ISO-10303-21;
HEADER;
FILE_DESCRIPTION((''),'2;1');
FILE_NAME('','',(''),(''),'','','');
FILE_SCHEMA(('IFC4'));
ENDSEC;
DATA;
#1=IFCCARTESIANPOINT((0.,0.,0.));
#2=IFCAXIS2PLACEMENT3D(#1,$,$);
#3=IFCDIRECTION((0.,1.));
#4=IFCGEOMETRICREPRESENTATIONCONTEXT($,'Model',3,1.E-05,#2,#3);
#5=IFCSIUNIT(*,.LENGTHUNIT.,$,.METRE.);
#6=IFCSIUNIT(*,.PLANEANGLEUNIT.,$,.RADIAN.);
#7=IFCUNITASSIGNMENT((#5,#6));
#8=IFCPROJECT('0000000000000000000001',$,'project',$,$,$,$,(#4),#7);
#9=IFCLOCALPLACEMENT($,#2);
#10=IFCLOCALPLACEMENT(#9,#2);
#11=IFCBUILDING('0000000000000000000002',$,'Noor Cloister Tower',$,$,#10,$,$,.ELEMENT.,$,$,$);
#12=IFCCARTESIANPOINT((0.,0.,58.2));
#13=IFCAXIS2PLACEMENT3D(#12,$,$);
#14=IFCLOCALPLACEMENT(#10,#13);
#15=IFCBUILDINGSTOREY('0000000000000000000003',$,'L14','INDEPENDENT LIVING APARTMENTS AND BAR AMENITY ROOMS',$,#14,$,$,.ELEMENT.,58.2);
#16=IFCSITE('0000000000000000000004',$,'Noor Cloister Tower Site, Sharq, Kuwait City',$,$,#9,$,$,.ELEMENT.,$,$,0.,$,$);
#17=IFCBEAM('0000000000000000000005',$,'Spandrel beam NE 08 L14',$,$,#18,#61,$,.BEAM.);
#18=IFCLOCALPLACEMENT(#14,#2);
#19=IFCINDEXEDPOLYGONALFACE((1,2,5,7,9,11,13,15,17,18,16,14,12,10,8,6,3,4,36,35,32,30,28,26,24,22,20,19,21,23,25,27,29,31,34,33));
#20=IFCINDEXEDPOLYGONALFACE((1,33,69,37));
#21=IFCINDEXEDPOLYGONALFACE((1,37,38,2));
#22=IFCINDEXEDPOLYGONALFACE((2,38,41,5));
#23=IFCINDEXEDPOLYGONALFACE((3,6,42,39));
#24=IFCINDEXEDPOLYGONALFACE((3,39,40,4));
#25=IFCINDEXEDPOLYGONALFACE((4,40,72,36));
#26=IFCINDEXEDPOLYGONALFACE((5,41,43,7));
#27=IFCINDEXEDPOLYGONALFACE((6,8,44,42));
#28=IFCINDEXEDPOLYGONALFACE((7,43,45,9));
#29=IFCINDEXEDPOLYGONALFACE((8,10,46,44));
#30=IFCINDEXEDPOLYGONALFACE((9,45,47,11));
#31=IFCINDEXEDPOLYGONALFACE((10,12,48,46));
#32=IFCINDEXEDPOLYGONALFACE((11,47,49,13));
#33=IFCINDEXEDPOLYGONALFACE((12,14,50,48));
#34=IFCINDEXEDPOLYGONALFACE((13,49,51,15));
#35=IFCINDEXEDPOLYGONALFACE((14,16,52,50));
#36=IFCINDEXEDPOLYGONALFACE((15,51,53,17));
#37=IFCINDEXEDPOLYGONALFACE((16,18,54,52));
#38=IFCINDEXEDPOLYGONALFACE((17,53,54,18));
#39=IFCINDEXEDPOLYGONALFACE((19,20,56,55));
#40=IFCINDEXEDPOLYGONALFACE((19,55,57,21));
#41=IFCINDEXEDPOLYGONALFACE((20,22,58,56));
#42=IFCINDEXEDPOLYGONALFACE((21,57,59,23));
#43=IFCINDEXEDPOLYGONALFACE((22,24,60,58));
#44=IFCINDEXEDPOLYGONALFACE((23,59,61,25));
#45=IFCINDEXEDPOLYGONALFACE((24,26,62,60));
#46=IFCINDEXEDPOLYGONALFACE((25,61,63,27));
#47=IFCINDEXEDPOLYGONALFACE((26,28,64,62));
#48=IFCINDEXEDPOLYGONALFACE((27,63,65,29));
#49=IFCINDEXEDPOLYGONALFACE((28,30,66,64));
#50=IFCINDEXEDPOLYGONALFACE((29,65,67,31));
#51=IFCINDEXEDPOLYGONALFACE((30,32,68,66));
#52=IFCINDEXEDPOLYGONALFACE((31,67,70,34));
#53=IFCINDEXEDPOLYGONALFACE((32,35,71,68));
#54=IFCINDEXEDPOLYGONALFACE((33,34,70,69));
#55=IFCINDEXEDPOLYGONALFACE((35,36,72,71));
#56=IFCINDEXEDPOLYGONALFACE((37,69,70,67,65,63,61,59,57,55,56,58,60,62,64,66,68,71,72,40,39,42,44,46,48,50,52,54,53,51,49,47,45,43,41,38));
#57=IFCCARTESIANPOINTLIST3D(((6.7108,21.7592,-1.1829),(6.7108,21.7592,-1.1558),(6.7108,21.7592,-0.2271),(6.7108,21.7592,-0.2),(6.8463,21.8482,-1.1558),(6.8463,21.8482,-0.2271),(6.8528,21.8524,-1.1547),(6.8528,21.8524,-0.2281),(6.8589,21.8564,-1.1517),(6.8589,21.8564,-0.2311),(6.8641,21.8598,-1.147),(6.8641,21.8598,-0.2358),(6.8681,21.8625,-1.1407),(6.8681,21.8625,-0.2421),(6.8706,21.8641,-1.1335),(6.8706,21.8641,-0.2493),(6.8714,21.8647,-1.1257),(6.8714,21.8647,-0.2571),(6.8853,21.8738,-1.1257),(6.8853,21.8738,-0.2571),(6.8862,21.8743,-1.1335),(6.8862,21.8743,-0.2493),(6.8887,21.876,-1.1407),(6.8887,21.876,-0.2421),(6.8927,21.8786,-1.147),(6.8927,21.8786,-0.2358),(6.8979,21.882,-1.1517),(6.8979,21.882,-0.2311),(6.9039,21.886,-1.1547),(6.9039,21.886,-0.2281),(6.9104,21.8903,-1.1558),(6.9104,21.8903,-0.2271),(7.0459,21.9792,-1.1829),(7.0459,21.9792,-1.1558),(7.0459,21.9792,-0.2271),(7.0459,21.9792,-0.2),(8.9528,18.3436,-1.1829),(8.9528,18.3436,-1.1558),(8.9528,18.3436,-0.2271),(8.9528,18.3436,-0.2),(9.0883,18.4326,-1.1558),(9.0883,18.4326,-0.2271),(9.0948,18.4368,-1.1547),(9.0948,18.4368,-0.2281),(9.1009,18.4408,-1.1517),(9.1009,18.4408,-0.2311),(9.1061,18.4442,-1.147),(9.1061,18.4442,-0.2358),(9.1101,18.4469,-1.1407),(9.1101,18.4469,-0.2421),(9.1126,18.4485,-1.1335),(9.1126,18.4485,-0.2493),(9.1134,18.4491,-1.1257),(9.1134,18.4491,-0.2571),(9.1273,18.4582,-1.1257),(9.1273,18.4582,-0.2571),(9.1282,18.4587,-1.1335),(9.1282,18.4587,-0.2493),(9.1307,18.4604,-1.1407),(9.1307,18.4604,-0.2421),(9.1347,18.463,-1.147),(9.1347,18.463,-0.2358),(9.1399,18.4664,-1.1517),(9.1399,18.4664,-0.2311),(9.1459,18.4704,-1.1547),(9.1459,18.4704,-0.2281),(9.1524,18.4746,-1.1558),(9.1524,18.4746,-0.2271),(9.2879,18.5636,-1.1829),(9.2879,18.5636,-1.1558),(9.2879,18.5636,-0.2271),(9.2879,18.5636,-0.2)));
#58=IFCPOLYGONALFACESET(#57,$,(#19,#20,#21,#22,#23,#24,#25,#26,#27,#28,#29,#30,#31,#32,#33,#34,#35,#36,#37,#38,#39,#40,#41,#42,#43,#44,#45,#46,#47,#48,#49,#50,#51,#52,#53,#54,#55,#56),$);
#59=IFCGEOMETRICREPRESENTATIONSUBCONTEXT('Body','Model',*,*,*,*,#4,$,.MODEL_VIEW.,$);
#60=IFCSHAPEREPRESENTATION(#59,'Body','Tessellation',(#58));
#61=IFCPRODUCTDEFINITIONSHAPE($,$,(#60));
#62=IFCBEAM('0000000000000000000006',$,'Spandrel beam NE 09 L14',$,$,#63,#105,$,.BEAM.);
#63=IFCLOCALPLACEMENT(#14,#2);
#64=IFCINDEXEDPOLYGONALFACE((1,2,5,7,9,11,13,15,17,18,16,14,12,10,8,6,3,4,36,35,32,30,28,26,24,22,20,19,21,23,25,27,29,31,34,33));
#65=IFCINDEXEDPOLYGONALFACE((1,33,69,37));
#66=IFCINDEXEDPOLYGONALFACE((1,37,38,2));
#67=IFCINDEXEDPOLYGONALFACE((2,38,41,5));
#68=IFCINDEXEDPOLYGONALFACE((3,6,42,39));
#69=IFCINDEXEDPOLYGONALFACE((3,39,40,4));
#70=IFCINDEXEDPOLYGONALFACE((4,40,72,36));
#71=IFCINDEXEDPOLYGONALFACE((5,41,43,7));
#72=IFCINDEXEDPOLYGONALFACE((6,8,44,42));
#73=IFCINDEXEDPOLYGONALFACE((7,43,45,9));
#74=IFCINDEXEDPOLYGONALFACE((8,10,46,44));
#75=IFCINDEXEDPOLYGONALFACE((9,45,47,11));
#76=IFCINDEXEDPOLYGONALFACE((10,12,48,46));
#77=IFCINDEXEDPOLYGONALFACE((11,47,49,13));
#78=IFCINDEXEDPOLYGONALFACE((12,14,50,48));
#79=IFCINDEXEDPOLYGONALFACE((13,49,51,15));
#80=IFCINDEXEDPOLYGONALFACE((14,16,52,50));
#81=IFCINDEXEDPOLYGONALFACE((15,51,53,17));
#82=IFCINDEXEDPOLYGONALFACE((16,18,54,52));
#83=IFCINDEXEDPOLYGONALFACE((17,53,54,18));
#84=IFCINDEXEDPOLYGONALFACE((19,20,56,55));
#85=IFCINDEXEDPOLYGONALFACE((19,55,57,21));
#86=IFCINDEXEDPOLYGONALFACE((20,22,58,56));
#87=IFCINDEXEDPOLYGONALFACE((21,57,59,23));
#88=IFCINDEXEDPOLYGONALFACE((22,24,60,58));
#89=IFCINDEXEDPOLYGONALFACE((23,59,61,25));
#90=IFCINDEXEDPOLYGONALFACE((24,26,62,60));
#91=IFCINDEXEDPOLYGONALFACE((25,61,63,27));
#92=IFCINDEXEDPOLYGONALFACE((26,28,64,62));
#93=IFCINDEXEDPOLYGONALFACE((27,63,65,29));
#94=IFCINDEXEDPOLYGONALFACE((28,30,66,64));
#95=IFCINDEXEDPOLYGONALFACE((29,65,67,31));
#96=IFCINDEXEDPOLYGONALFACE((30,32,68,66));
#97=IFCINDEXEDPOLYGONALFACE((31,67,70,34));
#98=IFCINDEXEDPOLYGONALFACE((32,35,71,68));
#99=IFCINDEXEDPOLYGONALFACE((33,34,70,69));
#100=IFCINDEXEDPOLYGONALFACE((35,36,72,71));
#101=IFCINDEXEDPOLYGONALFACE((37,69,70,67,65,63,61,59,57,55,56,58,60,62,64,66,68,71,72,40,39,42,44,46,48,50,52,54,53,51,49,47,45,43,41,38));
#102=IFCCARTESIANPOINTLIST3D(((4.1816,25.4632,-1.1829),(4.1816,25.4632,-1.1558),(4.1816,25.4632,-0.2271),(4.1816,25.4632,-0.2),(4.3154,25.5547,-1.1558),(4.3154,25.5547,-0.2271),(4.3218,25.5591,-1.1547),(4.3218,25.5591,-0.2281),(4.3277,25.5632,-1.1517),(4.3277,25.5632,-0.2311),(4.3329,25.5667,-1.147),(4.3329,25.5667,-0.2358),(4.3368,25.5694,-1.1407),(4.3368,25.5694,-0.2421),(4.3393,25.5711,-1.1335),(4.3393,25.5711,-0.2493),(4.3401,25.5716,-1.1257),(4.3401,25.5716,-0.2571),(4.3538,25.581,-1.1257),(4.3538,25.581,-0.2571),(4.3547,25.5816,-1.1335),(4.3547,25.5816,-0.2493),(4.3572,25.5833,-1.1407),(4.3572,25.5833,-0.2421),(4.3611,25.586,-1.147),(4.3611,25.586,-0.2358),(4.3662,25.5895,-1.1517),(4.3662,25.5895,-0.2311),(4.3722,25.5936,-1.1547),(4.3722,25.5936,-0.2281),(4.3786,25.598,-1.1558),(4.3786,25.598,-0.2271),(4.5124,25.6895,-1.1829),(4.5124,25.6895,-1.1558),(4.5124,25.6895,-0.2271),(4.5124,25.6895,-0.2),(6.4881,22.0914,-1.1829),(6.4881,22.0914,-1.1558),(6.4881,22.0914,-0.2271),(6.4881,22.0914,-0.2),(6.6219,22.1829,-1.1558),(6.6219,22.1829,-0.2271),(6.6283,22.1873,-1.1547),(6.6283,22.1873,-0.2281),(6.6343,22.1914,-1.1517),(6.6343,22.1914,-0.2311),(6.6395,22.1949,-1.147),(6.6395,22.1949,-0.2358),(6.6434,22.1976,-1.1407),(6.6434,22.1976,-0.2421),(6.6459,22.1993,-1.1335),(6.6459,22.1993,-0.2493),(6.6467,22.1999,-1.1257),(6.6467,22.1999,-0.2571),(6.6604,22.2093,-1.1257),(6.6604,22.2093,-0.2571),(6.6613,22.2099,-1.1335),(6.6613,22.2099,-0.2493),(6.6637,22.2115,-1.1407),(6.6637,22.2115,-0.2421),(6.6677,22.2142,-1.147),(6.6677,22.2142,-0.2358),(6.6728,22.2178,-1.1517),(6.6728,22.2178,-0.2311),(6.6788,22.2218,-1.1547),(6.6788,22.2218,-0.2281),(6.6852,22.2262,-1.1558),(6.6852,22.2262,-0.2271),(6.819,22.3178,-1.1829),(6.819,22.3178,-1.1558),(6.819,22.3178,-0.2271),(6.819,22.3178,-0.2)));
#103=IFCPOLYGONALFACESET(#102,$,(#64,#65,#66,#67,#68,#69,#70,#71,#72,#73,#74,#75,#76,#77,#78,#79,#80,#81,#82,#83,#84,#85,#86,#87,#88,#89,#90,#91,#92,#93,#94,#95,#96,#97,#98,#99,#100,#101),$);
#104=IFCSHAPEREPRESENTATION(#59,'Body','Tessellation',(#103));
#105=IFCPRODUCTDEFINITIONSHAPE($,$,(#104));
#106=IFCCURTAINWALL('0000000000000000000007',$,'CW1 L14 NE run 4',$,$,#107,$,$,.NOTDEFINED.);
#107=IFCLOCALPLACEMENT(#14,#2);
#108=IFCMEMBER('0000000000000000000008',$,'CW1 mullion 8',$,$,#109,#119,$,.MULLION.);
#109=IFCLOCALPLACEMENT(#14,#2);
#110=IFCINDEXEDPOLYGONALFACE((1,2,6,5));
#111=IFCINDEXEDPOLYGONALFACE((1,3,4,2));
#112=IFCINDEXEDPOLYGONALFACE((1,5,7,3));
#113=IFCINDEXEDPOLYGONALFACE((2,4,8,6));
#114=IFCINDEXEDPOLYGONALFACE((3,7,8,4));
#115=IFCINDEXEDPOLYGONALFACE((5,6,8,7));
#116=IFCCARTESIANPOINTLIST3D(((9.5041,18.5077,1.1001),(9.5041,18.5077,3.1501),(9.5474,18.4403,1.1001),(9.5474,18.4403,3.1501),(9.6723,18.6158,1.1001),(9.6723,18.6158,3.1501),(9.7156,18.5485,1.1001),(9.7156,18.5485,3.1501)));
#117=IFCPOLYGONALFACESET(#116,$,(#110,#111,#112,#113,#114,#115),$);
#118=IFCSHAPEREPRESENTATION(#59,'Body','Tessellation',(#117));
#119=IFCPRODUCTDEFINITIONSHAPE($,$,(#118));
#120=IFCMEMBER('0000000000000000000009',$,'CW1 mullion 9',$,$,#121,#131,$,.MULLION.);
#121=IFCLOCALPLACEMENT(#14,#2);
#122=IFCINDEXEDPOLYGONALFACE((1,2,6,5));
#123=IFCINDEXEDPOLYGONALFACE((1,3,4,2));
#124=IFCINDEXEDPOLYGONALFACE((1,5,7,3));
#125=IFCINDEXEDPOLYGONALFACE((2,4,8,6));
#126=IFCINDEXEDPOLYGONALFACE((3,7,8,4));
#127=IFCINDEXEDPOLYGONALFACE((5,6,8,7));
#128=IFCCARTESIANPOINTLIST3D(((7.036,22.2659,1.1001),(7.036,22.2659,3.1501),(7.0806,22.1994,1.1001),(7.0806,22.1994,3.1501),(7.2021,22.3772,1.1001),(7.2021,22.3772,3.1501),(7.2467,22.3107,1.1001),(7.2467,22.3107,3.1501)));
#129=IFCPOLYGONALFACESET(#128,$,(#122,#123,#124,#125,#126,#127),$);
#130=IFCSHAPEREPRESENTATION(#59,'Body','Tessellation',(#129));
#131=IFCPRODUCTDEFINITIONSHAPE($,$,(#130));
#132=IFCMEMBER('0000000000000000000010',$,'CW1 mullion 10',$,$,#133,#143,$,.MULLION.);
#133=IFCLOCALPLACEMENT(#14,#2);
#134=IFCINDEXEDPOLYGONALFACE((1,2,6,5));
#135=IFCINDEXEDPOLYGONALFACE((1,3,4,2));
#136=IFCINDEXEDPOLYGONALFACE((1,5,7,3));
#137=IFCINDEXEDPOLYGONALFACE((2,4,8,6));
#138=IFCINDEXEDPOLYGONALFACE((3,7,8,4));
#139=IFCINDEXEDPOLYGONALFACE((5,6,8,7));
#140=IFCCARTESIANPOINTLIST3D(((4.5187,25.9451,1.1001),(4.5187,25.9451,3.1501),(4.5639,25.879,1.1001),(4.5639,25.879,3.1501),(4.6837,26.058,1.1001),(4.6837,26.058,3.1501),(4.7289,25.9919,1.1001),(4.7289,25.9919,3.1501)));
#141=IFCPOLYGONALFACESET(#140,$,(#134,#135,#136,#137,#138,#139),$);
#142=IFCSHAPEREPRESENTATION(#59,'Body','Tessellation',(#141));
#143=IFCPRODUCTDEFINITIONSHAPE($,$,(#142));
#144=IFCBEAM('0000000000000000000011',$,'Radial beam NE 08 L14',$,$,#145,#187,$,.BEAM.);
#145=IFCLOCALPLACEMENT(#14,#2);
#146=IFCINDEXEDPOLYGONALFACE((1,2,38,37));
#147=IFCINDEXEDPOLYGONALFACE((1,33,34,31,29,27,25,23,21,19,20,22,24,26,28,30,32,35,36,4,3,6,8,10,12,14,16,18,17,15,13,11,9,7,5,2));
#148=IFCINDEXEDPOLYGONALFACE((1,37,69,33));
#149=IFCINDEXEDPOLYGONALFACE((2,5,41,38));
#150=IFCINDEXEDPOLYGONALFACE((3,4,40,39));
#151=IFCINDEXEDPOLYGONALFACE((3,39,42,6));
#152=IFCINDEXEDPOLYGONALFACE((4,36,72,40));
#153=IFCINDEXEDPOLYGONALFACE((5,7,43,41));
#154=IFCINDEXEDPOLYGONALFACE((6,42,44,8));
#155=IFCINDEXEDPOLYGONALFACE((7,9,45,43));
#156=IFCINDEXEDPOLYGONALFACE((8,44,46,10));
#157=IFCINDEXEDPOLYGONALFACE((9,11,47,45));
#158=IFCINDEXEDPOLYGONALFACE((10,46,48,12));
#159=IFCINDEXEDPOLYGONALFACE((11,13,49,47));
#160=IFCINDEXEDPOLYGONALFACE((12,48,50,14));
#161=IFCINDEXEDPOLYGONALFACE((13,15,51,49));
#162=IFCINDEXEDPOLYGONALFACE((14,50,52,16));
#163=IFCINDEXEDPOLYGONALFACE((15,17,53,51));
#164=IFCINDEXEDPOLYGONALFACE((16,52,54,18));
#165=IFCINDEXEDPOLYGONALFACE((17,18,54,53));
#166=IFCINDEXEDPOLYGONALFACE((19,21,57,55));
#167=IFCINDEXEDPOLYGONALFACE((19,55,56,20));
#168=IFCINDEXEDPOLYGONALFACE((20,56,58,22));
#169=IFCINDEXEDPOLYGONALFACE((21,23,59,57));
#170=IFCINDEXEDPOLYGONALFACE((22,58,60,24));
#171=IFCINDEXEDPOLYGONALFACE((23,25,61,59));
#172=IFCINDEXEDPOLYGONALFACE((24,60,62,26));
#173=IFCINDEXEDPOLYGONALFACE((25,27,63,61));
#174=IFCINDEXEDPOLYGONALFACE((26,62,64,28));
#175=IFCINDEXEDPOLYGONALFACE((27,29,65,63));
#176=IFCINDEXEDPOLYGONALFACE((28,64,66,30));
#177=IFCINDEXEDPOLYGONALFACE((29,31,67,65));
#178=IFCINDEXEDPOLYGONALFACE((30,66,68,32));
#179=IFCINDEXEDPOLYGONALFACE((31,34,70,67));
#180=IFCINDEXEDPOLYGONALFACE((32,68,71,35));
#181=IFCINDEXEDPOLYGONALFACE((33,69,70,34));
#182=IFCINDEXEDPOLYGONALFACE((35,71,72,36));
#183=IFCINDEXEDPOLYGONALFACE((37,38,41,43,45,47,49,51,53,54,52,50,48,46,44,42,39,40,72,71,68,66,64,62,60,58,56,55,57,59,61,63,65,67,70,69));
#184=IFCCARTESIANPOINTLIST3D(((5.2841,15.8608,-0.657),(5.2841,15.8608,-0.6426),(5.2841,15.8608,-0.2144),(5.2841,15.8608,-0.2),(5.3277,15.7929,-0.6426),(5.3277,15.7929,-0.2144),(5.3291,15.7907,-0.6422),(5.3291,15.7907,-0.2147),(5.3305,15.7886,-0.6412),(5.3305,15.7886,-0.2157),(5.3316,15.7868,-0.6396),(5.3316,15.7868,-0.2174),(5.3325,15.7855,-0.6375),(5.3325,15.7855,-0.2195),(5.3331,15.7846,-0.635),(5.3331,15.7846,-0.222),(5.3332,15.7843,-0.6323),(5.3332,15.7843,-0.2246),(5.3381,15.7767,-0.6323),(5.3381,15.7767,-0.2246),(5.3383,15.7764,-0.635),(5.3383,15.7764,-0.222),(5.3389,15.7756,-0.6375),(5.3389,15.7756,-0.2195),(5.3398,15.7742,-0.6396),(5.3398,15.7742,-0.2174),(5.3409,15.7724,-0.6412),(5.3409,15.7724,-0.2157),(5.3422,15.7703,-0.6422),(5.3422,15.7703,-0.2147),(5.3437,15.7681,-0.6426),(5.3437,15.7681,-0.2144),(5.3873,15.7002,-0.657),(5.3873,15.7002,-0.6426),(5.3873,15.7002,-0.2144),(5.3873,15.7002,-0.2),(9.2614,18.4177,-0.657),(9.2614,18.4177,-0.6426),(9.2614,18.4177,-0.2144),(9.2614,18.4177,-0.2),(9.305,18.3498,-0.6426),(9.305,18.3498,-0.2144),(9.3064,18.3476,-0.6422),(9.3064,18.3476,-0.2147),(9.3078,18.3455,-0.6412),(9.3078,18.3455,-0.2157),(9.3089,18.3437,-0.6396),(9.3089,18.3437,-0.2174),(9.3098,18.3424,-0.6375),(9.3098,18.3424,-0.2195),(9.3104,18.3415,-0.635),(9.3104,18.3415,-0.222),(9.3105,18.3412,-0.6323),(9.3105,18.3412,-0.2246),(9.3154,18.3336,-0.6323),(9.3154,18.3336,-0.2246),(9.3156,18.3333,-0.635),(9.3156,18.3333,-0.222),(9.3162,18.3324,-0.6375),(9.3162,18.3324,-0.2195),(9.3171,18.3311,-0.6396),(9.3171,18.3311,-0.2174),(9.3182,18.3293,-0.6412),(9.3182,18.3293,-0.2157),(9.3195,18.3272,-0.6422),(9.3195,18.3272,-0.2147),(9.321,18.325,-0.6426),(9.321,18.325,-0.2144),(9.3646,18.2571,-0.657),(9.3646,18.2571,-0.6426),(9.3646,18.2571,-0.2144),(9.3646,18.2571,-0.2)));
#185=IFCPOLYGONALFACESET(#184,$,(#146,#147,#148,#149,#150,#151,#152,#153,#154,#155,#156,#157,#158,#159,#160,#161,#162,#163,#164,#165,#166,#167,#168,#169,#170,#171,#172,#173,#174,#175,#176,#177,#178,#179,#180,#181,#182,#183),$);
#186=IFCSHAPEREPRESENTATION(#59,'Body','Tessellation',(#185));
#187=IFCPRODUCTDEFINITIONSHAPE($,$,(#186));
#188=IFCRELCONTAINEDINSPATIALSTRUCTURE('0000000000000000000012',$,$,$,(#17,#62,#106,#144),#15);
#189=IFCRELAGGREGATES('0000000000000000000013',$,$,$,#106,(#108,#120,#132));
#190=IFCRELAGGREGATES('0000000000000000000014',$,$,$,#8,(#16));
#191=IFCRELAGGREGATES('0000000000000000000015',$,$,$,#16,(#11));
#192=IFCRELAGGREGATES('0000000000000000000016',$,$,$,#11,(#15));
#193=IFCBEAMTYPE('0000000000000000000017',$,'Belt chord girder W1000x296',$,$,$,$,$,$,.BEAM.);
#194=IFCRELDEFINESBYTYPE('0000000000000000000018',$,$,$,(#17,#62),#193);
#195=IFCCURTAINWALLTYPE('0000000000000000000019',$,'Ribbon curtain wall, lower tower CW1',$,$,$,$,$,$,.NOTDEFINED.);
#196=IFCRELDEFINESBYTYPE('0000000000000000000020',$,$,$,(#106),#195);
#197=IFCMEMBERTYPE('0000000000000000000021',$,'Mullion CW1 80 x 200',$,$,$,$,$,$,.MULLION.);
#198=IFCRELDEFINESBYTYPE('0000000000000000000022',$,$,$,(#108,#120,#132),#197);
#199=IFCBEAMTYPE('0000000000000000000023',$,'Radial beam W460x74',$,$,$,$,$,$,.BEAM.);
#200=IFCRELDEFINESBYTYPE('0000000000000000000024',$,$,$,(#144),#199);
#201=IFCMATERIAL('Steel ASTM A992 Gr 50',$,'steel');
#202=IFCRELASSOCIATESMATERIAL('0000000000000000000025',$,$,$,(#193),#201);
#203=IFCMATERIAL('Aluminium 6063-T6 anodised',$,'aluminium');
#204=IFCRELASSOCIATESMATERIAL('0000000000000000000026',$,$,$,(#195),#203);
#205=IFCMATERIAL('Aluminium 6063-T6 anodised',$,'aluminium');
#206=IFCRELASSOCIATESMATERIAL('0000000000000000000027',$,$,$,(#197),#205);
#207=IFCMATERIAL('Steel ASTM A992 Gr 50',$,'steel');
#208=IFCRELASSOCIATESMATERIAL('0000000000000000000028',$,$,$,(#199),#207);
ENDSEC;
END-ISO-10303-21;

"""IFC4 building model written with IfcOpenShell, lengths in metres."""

from ifc_helpers import new_model, si_unit, direction, frame, origin, origin_2d, place, context, subcontext, project, spatial, rectangle, i_section, extrude, material, material_profile, profile_set, type_object, element, aggregate, save


model = new_model("IFC4")

# Units and contexts
model_context = context("Model", 3, precision=1e-05, world=origin(), true_north=direction((0.0, 1.0)))
body_context = subcontext(model_context, "Body", "Model", "MODEL_VIEW")
ifc_project = project(units=[si_unit("LENGTHUNIT", "METRE"), si_unit("PLANEANGLEUNIT", "RADIAN")], contexts=[model_context])

# Site, building, storey
site_placement = place(None, origin())
site = spatial("IfcSite", under=ifc_project, at=site_placement, Name="Noor Cloister Tower Site, Sharq, Kuwait City", CompositionType="ELEMENT", RefElevation=0.0)
building_placement = place(site_placement, origin())
building = spatial("IfcBuilding", under=site, at=building_placement, Name="Noor Cloister Tower", CompositionType="ELEMENT")
storey_placement = place(building_placement, frame((0.0, 0.0, 58.2)))
storey = spatial("IfcBuildingStorey", under=building, at=storey_placement, Name="L14", Description="INDEPENDENT LIVING APARTMENTS AND BAR AMENITY ROOMS", CompositionType="ELEMENT", Elevation=58.2)

# Beams
ifc_material_1 = material(Name="Steel ASTM A992 Gr 50", Category="steel")
ifc_material_profile_1 = material_profile(ifc_material_1, i_section(OverallWidth=0.4009, OverallDepth=0.9829, WebThickness=0.0166, FlangeThickness=0.0271, FilletRadius=0.03, at=origin_2d()), Name="W1000x296")
ifc_profile_set_1 = profile_set([ifc_material_profile_1], Name="Steel ASTM A992 Gr 50")
beam_type_1 = type_object("IfcBeamType", Name="Belt chord girder W1000x296", PredefinedType="BEAM", material=ifc_profile_set_1)
beam_1_placement = place(storey_placement, frame((9.1204, 18.4536, -0.6914), z_axis=(-0.548743, 0.835991, 0.0), x_axis=(-0.835991, -0.548743, 0.0)))
element("IfcBeam", 1, at=beam_1_placement, inside=storey, type_object=beam_type_1, Name="Spandrel beam NE 08 L14", PredefinedType="BEAM", context=body_context, shape_type="SweptSolid", body=[
    extrude(i_section(OverallWidth=0.4009, OverallDepth=0.9829, WebThickness=0.0166, FlangeThickness=0.0271, FilletRadius=0.03, at=origin_2d()), origin(), (0.0, 0.0, 1.0), 4.0857),
])
beam_2_placement = place(storey_placement, frame((6.6536, 22.2046, -0.6914), z_axis=(-0.564618, 0.825353, 0.0), x_axis=(-0.825353, -0.564618, 0.0)))
element("IfcBeam", 2, at=beam_2_placement, inside=storey, type_object=beam_type_1, Name="Spandrel beam NE 09 L14", PredefinedType="BEAM", context=body_context, shape_type="SweptSolid", body=[
    extrude(i_section(OverallWidth=0.4009, OverallDepth=0.9829, WebThickness=0.0166, FlangeThickness=0.0271, FilletRadius=0.03, at=origin_2d()), origin(), (0.0, 0.0, 1.0), 4.0852),
])

# Curtain wall, members
ifc_material_2 = material(Name="Aluminium 6063-T6 anodised", Category="aluminium")
curtain_wall_type = type_object("IfcCurtainWallType", Name="Ribbon curtain wall, lower tower CW1", PredefinedType="NOTDEFINED", material=ifc_material_2)
curtain_wall_placement = place(storey_placement, origin())
curtain_wall = element("IfcCurtainWall", 3, at=curtain_wall_placement, inside=storey, type_object=curtain_wall_type, Name="CW1 L14 NE run 4", PredefinedType="NOTDEFINED")
ifc_material_3 = material(Name="Aluminium 6063-T6 anodised", Category="aluminium")
ifc_material_profile_2 = material_profile(ifc_material_3, rectangle(XDim=0.2, YDim=0.0801, at=origin_2d()), Name="200 x 80 mullion")
ifc_profile_set_2 = profile_set([ifc_material_profile_2], Name="Aluminium 6063-T6 anodised")
member_type = type_object("IfcMemberType", Name="Mullion CW1 80 x 200", PredefinedType="MULLION", material=ifc_profile_set_2)
member_1_placement = place(storey_placement, frame((9.6099, 18.5281, 1.1001), z_axis=(0.0, 0.0, 1.0), x_axis=(-0.841177, -0.540759, 0.0)))
member_1 = element("IfcMember", 4, at=member_1_placement, type_object=member_type, Name="CW1 mullion 8", PredefinedType="MULLION", context=body_context, shape_type="SweptSolid", body=[
    extrude(rectangle(XDim=0.2, YDim=0.0801, at=origin_2d()), origin(), (0.0, 0.0, 1.0), 2.05),
])
member_2_placement = place(storey_placement, frame((7.1414, 22.2883, 1.1001), z_axis=(0.0, 0.0, 1.0), x_axis=(-0.830698, -0.556723, 0.0)))
member_2 = element("IfcMember", 5, at=member_2_placement, type_object=member_type, Name="CW1 mullion 9", PredefinedType="MULLION", context=body_context, shape_type="SweptSolid", body=[
    extrude(rectangle(XDim=0.2, YDim=0.0801, at=origin_2d()), origin(), (0.0, 0.0, 1.0), 2.05),
])
member_3_placement = place(storey_placement, frame((4.6238, 25.9685, 1.1001), z_axis=(0.0, 0.0, 1.0), x_axis=(-0.825345, -0.564629, 0.0)))
member_3 = element("IfcMember", 6, at=member_3_placement, type_object=member_type, Name="CW1 mullion 10", PredefinedType="MULLION", context=body_context, shape_type="SweptSolid", body=[
    extrude(rectangle(XDim=0.2, YDim=0.0801, at=origin_2d()), origin(), (0.0, 0.0, 1.0), 2.05),
])

# Beam
ifc_material_4 = material(Name="Steel ASTM A992 Gr 50", Category="steel")
ifc_material_profile_3 = material_profile(ifc_material_4, i_section(OverallWidth=0.1909, OverallDepth=0.457, WebThickness=0.009, FlangeThickness=0.0144, FilletRadius=0.0103, at=origin_2d()), Name="W460x74")
ifc_profile_set_3 = profile_set([ifc_material_profile_3], Name="Steel ASTM A992 Gr 50")
beam_type_2 = type_object("IfcBeamType", Name="Radial beam W460x74", PredefinedType="BEAM", material=ifc_profile_set_3)
beam_3_placement = place(storey_placement, frame((9.313, 18.3374, -0.4285), z_axis=(-0.841173, -0.540765, 0.0), x_axis=(0.540765, -0.841173, 0.0)))
element("IfcBeam", 7, at=beam_3_placement, inside=storey, type_object=beam_type_2, Name="Radial beam NE 08 L14", PredefinedType="BEAM", context=body_context, shape_type="SweptSolid", body=[
    extrude(i_section(OverallWidth=0.1909, OverallDepth=0.457, WebThickness=0.009, FlangeThickness=0.0144, FilletRadius=0.0103, at=origin_2d()), origin(), (0.0, 0.0, 1.0), 4.7283),
])

aggregate(curtain_wall, [member_1, member_2, member_3])

save(model, "model.ifc")
